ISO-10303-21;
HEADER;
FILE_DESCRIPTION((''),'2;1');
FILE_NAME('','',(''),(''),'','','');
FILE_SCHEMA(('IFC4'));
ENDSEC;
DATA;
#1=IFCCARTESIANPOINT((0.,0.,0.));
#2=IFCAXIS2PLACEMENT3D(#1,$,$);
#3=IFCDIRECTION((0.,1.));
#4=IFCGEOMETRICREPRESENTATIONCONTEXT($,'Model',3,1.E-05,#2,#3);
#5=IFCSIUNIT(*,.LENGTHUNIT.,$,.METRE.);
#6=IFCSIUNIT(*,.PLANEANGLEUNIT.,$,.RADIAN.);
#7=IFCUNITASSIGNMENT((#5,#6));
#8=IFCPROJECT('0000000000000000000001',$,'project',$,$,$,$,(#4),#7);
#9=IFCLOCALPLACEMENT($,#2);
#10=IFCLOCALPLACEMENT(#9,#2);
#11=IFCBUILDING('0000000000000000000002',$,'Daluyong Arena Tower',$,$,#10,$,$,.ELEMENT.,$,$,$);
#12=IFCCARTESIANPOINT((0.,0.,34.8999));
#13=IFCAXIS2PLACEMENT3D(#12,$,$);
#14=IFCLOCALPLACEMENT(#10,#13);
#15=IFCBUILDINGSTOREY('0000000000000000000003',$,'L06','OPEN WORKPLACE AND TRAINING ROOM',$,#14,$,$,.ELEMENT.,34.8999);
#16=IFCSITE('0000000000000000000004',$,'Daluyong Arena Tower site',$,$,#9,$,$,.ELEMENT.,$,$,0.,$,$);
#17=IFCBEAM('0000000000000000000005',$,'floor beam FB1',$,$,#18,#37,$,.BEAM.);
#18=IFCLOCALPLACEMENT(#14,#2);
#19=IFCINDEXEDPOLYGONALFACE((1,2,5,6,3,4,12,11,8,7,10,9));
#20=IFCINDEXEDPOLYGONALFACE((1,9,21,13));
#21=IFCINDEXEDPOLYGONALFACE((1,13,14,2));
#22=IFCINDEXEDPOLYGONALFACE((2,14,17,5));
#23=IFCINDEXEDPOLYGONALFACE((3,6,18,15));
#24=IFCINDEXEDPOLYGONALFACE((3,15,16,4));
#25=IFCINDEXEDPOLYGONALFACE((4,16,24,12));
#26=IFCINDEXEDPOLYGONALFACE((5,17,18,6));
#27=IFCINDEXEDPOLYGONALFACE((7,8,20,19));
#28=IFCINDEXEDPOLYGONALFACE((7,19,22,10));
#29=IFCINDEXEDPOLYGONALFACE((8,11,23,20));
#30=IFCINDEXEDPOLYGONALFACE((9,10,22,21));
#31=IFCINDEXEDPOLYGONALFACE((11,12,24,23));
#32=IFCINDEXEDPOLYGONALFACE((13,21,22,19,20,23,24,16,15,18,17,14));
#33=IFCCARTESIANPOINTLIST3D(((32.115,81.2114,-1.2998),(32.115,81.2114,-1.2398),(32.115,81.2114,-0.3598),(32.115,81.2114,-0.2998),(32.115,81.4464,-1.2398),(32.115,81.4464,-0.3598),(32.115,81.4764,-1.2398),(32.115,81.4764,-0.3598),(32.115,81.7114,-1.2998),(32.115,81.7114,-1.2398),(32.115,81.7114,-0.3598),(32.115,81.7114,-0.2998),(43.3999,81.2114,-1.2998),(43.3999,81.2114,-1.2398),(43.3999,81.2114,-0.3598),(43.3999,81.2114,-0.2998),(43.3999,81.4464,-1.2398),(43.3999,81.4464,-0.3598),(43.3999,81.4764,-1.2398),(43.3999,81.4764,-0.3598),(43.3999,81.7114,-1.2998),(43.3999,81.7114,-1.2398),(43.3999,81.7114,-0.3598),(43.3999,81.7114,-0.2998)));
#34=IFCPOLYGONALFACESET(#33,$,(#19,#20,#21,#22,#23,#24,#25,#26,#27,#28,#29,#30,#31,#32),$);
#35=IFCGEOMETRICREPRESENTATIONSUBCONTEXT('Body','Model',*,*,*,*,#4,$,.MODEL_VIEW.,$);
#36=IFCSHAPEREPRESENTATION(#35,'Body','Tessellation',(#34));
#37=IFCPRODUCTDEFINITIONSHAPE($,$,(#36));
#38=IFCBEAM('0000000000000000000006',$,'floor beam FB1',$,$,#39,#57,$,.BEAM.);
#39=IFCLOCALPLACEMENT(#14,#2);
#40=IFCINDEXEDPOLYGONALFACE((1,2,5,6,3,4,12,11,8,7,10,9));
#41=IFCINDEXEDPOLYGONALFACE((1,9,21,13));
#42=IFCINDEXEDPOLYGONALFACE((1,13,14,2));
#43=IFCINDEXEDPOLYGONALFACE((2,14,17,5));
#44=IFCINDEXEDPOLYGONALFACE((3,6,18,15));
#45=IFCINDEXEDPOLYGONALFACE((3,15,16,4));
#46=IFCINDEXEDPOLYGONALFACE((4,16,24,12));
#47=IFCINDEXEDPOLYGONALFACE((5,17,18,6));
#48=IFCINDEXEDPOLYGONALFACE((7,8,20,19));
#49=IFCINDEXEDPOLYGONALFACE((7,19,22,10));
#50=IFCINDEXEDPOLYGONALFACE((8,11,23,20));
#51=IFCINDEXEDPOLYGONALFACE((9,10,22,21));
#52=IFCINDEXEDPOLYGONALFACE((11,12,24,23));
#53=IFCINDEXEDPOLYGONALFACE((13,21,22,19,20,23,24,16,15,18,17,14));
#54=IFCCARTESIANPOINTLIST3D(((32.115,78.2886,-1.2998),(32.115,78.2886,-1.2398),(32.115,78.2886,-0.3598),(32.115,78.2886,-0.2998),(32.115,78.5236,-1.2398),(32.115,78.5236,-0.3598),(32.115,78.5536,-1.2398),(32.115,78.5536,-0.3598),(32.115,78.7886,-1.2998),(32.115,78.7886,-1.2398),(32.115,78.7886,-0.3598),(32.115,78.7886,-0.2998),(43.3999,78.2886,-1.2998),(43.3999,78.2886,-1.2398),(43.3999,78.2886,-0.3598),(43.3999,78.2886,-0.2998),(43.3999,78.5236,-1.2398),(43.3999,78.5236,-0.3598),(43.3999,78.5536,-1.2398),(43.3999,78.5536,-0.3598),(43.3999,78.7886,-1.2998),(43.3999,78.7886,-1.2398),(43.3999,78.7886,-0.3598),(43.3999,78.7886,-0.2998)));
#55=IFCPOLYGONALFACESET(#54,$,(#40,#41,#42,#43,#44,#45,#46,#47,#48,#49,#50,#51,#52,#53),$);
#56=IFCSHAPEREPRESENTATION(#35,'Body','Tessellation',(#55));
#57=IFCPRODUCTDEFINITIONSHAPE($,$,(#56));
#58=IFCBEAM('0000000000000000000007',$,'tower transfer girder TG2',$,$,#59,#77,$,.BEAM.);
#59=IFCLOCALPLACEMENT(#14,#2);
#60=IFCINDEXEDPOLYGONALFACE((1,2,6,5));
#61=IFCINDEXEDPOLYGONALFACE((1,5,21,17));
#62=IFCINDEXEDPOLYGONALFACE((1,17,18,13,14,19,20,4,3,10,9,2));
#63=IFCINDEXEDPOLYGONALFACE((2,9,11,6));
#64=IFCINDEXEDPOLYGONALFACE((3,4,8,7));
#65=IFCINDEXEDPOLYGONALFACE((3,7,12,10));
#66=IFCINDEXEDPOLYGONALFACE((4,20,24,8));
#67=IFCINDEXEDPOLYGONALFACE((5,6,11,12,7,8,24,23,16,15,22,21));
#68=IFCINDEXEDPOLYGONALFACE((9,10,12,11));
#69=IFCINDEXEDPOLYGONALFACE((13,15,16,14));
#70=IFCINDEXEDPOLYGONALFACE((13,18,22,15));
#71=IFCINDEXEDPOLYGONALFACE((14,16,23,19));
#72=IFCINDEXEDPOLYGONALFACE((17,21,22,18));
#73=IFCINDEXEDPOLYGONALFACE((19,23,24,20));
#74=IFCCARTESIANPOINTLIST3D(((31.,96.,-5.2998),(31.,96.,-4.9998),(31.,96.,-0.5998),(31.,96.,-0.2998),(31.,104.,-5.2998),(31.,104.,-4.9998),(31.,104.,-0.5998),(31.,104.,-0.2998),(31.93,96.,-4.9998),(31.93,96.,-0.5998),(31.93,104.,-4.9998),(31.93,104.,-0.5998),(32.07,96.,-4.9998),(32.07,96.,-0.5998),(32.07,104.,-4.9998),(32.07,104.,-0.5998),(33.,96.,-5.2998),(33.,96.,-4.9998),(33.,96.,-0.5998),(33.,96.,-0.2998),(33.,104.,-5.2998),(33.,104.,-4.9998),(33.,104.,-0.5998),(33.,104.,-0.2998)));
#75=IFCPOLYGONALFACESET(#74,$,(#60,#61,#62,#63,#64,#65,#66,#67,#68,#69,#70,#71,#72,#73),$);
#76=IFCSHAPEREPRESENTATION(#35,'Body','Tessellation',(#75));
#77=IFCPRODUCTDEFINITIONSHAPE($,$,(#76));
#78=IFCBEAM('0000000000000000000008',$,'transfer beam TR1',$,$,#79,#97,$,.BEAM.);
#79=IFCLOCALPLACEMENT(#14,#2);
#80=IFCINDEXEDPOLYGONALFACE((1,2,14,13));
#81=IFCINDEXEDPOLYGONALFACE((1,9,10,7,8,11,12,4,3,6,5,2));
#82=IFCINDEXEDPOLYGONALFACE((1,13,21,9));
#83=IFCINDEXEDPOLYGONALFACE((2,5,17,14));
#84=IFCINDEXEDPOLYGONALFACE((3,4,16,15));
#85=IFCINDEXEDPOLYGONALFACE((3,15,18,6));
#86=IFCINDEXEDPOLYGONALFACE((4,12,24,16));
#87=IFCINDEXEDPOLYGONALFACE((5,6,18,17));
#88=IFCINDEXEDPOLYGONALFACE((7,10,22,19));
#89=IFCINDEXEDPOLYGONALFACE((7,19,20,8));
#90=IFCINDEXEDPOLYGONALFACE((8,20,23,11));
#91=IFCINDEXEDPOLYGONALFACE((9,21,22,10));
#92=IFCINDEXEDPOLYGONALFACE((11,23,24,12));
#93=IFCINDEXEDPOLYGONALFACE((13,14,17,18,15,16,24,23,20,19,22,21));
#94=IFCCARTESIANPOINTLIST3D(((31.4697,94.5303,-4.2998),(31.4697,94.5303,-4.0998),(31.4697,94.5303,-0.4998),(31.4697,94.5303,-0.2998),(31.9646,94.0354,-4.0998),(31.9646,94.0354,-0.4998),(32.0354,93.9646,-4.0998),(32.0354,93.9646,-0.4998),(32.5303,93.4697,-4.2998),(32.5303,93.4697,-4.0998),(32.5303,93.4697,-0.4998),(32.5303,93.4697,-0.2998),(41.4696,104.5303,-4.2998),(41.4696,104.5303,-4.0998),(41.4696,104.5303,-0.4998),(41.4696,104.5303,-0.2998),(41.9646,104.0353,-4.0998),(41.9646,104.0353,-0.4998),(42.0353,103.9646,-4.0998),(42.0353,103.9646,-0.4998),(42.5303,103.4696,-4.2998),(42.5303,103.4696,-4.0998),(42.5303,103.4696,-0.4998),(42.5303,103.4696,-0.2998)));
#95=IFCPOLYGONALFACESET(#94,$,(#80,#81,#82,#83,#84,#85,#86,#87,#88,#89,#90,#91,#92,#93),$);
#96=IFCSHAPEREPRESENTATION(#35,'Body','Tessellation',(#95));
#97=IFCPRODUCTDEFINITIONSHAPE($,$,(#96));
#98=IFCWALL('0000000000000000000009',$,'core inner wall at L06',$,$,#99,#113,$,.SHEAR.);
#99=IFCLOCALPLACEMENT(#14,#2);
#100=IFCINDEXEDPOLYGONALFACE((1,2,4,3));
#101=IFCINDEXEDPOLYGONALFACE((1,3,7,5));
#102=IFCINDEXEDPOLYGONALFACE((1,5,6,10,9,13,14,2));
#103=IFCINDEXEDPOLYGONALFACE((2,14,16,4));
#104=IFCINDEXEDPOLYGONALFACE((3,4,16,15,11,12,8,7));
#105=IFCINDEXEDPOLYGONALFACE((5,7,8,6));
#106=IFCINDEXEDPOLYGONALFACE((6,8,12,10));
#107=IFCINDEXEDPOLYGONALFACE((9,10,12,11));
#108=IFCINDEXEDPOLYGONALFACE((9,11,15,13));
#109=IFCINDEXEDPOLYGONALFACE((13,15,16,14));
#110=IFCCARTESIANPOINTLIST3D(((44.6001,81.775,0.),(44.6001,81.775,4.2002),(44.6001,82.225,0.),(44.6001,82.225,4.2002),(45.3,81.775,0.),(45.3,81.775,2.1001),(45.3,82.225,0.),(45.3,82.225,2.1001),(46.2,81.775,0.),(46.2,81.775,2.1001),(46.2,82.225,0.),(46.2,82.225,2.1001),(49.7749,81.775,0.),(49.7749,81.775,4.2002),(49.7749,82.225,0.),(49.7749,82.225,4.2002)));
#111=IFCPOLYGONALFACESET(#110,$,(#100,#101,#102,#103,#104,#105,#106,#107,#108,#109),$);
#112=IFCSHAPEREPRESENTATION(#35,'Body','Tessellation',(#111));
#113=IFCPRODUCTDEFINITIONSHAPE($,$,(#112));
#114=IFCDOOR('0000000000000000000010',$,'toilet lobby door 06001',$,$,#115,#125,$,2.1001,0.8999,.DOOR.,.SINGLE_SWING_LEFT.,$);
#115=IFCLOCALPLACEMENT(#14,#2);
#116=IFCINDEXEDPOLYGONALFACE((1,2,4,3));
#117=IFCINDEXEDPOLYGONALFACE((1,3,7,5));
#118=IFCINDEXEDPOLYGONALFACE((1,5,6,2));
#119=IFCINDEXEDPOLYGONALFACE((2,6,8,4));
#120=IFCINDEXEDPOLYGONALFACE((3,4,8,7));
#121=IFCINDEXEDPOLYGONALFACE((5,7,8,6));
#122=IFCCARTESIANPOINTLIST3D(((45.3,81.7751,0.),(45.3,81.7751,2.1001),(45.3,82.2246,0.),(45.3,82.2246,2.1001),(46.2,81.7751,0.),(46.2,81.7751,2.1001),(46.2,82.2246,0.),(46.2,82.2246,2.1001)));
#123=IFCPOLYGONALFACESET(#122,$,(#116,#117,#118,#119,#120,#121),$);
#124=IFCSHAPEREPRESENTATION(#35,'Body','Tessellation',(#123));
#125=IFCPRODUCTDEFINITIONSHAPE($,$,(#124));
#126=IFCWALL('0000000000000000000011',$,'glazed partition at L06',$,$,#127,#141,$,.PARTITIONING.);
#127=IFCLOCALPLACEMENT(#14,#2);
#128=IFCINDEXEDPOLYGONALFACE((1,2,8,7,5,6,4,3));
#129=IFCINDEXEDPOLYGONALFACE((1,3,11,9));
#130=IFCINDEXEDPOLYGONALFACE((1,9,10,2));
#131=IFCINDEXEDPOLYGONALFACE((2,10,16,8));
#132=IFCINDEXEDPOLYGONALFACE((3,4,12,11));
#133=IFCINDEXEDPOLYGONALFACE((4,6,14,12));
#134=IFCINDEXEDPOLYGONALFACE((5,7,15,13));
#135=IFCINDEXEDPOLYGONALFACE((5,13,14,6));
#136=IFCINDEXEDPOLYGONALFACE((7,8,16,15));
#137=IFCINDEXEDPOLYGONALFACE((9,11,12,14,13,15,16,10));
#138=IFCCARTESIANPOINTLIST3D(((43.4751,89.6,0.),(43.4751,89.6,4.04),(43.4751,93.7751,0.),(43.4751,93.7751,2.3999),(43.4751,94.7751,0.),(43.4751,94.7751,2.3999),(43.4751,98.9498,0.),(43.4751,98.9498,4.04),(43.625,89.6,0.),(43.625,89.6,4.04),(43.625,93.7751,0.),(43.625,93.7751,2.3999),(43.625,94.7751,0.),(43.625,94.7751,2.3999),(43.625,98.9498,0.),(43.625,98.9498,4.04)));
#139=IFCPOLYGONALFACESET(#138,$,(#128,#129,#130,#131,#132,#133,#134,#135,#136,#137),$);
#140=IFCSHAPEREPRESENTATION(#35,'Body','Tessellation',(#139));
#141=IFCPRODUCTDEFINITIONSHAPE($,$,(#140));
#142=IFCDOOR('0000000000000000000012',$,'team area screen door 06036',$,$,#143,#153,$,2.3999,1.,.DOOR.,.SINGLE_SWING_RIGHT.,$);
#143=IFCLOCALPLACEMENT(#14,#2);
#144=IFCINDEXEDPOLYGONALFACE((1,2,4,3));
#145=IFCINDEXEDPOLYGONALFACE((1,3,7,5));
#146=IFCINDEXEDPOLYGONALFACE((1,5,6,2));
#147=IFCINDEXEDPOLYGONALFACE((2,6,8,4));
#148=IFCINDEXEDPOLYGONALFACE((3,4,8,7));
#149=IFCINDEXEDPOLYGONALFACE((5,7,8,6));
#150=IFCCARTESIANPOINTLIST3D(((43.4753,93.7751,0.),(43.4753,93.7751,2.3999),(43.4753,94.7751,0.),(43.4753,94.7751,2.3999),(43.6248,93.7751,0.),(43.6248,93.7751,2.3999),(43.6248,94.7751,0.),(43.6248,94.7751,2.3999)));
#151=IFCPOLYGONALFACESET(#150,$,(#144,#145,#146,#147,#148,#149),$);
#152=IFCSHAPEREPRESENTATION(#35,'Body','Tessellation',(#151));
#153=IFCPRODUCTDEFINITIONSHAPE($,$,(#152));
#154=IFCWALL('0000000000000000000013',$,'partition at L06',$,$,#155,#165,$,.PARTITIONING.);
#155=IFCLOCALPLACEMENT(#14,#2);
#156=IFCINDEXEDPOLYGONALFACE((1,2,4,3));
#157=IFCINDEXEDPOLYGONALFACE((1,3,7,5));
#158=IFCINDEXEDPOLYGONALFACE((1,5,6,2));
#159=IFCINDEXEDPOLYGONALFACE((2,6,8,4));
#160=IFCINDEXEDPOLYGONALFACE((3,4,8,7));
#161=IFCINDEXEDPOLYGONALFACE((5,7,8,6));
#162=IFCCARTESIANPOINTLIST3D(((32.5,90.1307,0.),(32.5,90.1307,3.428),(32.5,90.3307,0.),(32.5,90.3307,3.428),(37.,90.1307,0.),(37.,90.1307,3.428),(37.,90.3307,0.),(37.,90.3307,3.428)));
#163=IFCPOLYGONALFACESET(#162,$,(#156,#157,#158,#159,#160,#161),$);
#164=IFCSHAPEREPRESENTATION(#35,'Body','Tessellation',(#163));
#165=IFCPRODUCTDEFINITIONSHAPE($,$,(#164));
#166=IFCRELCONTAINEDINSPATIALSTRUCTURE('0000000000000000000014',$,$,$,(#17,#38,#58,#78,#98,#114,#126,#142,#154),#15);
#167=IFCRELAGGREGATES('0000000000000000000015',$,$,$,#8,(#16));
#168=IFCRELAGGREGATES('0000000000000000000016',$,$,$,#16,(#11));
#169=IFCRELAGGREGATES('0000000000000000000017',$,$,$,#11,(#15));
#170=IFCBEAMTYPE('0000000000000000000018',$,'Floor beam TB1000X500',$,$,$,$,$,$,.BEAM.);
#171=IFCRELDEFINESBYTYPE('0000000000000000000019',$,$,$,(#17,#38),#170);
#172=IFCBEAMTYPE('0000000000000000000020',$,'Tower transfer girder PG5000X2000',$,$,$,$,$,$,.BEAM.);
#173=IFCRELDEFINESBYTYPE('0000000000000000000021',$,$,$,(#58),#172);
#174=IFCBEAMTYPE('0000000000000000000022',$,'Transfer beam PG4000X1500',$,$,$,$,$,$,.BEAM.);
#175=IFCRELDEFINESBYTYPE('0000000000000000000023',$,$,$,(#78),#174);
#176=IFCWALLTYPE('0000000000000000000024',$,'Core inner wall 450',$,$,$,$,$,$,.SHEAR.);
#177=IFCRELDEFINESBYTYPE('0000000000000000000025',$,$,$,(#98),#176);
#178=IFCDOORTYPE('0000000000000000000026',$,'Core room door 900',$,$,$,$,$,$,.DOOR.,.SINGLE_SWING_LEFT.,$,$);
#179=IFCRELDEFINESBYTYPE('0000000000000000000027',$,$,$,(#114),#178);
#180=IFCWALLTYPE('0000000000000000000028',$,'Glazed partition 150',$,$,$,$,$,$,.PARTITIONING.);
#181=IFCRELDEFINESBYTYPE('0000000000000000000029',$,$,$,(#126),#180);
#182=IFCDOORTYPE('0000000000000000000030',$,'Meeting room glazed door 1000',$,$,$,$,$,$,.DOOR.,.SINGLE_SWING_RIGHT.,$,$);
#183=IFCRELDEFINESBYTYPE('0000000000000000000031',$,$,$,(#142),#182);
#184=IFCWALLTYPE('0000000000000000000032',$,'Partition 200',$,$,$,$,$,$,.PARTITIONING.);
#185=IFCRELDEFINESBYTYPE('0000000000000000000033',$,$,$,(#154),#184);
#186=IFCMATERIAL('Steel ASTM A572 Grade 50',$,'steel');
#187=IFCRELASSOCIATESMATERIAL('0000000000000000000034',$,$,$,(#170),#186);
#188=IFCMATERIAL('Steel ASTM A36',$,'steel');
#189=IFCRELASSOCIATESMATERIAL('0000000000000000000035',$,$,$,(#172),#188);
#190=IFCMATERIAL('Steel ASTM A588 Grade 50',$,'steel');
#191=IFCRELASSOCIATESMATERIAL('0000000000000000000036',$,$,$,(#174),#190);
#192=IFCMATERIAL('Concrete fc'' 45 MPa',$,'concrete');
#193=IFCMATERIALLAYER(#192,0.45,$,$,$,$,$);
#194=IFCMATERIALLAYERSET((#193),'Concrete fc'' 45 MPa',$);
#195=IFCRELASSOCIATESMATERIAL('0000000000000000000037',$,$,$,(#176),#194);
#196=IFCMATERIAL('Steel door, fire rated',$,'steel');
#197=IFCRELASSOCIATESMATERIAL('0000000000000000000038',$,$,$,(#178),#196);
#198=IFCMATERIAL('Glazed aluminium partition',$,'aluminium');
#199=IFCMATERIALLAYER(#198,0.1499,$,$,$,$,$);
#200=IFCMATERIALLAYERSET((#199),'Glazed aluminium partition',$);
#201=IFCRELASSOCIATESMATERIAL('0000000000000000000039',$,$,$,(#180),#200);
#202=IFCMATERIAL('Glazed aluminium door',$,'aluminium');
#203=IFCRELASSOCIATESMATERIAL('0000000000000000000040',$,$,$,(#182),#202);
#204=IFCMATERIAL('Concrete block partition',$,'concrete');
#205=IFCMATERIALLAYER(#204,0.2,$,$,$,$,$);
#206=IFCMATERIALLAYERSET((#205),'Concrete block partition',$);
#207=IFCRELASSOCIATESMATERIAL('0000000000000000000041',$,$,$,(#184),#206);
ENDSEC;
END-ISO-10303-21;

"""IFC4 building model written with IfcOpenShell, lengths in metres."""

from ifc_helpers import new_model, si_unit, direction, frame, frame_2d, origin, origin_2d, place, context, subcontext, project, spatial, rectangle, i_section, extrude, material, layer, layer_set, material_profile, profile_set, type_object, element, fill, save


model = new_model("IFC4")

# Units and contexts
model_context = context("Model", 3, precision=1e-05, world=origin(), true_north=direction((0.0, 1.0)))
body_context = subcontext(model_context, "Body", "Model", "MODEL_VIEW")
ifc_project = project(units=[si_unit("LENGTHUNIT", "METRE"), si_unit("PLANEANGLEUNIT", "RADIAN")], contexts=[model_context])

# Site, building, storey
site_placement = place(None, origin())
site = spatial("IfcSite", under=ifc_project, at=site_placement, Name="Daluyong Arena Tower site", CompositionType="ELEMENT", RefElevation=0.0)
building_placement = place(site_placement, origin())
building = spatial("IfcBuilding", under=site, at=building_placement, Name="Daluyong Arena Tower", CompositionType="ELEMENT")
storey_placement = place(building_placement, frame((0.0, 0.0, 34.8999)))
storey = spatial("IfcBuildingStorey", under=building, at=storey_placement, Name="L06", Description="OPEN WORKPLACE AND TRAINING ROOM", CompositionType="ELEMENT", Elevation=34.8999)

# Beams
ifc_material_1 = material(Name="Steel ASTM A572 Grade 50", Category="steel")
ifc_material_profile_1 = material_profile(ifc_material_1, i_section(OverallWidth=0.5, OverallDepth=1.0, WebThickness=0.03, FlangeThickness=0.06, at=origin_2d()))
ifc_profile_set_1 = profile_set([ifc_material_profile_1], Name="Steel ASTM A572 Grade 50")
beam_type_1 = type_object("IfcBeamType", Name="Floor beam TB1000X500", PredefinedType="BEAM", material=ifc_profile_set_1)
for number, where, z_axis, x_axis, name in (
    (1, (32.115, 81.4614, -0.7998), (1.0, 0.0, 0.0), (0.0, 1.0, 0.0), "floor beam FB1"),
    (2, (32.115, 78.5386, -0.7998), (1.0, 0.0, 0.0), (0.0, 1.0, 0.0), "floor beam FB1"),
):
    element("IfcBeam", number, at=place(storey_placement, frame(where, z_axis=z_axis, x_axis=x_axis)), inside=storey, type_object=beam_type_1, Name=name, PredefinedType="BEAM", context=body_context, shape_type="SweptSolid", body=[
        extrude(i_section(OverallWidth=0.5, OverallDepth=1.0, WebThickness=0.03, FlangeThickness=0.06, at=origin_2d()), origin(), (0.0, 0.0, 1.0), 11.2849),
    ])
ifc_material_2 = material(Name="Steel ASTM A36", Category="steel")
ifc_material_profile_2 = material_profile(ifc_material_2, i_section(OverallWidth=2.0, OverallDepth=5.0, WebThickness=0.14, FlangeThickness=0.3, at=origin_2d()))
ifc_profile_set_2 = profile_set([ifc_material_profile_2], Name="Steel ASTM A36")
beam_type_2 = type_object("IfcBeamType", Name="Tower transfer girder PG5000X2000", PredefinedType="BEAM", material=ifc_profile_set_2)
beam_1_placement = place(storey_placement, frame((32.0, 96.0, -2.7998), z_axis=(0.0, 1.0, 0.0), x_axis=(-1.0, 0.0, 0.0)))
element("IfcBeam", 3, at=beam_1_placement, inside=storey, type_object=beam_type_2, Name="tower transfer girder TG2", PredefinedType="BEAM", context=body_context, shape_type="SweptSolid", body=[
    extrude(i_section(OverallWidth=2.0, OverallDepth=5.0, WebThickness=0.14, FlangeThickness=0.3, at=origin_2d()), origin(), (0.0, 0.0, 1.0), 8.0),
])
ifc_material_3 = material(Name="Steel ASTM A588 Grade 50", Category="steel")
ifc_material_profile_3 = material_profile(ifc_material_3, i_section(OverallWidth=1.5, OverallDepth=4.0, WebThickness=0.1, FlangeThickness=0.2, at=origin_2d()))
ifc_profile_set_3 = profile_set([ifc_material_profile_3], Name="Steel ASTM A588 Grade 50")
beam_type_3 = type_object("IfcBeamType", Name="Transfer beam PG4000X1500", PredefinedType="BEAM", material=ifc_profile_set_3)
beam_2_placement = place(storey_placement, frame((32.0, 94.0, -2.2998), z_axis=(0.707107, 0.707107, 0.0), x_axis=(-0.707107, 0.707107, 0.0)))
element("IfcBeam", 4, at=beam_2_placement, inside=storey, type_object=beam_type_3, Name="transfer beam TR1", PredefinedType="BEAM", context=body_context, shape_type="SweptSolid", body=[
    extrude(i_section(OverallWidth=1.5, OverallDepth=4.0, WebThickness=0.1, FlangeThickness=0.2, at=origin_2d()), origin(), (0.0, 0.0, 1.0), 14.1421),
])

# Walls, openings, doors
ifc_material_4 = material(Name="Concrete fc' 45 MPa", Category="concrete")
ifc_layer_1 = layer(ifc_material_4, 0.45)
ifc_layer_set_1 = layer_set([ifc_layer_1], Name="Concrete fc' 45 MPa")
wall_type_1 = type_object("IfcWallType", Name="Core inner wall 450", PredefinedType="SHEAR", material=ifc_layer_set_1)
wall_1_placement = place(storey_placement, frame((44.6001, 82.0, 0.0), z_axis=(0.0, 0.0, 1.0), x_axis=(1.0, 0.0, 0.0)))
wall_1 = element("IfcWall", 5, at=wall_1_placement, inside=storey, type_object=wall_type_1, Name="core inner wall at L06", PredefinedType="SHEAR", context=body_context, shape_type="SweptSolid", body=[
    extrude(rectangle(XDim=5.1748, YDim=0.45, at=frame_2d((2.5874, 0.0))), origin(), (0.0, 0.0, 1.0), 4.2002),
])
opening_1_placement = place(wall_1_placement, frame((0.7, 0.0, 0.0)))
opening_1 = element("IfcOpeningElement", 6, at=opening_1_placement, cuts=wall_1, PredefinedType="OPENING", context=body_context, shape_type="SweptSolid", body=[
    extrude(rectangle(XDim=0.8999, YDim=2.1001, at=frame_2d((0.45, 1.05))), frame((0.0, 0.2349, 0.0), z_axis=(0.0, -1.0, 0.0), x_axis=(1.0, 0.0, 0.0)), (0.0, 0.0, 1.0), 0.47),
])
ifc_material_5 = material(Name="Steel door, fire rated", Category="steel")
door_type_1 = type_object("IfcDoorType", Name="Core room door 900", OperationType="SINGLE_SWING_LEFT", PredefinedType="DOOR", material=ifc_material_5)
door_1_placement = place(opening_1_placement, origin())
door_1 = element("IfcDoor", 7, at=door_1_placement, inside=storey, type_object=door_type_1, Name="toilet lobby door 06001", OperationType="SINGLE_SWING_LEFT", OverallHeight=2.1001, OverallWidth=0.8999, PredefinedType="DOOR", context=body_context, shape_type="SweptSolid", body=[
    extrude(rectangle(XDim=0.8999, YDim=2.1001, at=frame_2d((0.45, 1.05))), frame((0.0, 0.2246, 0.0), z_axis=(0.0, -1.0, 0.0), x_axis=(1.0, 0.0, 0.0)), (0.0, 0.0, 1.0), 0.4495),
])
fill(opening_1, door_1)
ifc_material_6 = material(Name="Glazed aluminium partition", Category="aluminium")
ifc_layer_2 = layer(ifc_material_6, 0.1499)
ifc_layer_set_2 = layer_set([ifc_layer_2], Name="Glazed aluminium partition")
wall_type_2 = type_object("IfcWallType", Name="Glazed partition 150", PredefinedType="PARTITIONING", material=ifc_layer_set_2)
wall_2_placement = place(storey_placement, frame((43.55, 89.6001, 0.0), z_axis=(0.0, 0.0, 1.0), x_axis=(0.0, 1.0, 0.0)))
wall_2 = element("IfcWall", 8, at=wall_2_placement, inside=storey, type_object=wall_type_2, Name="glazed partition at L06", PredefinedType="PARTITIONING", context=body_context, shape_type="SweptSolid", body=[
    extrude(rectangle(XDim=9.3499, YDim=0.1499, at=frame_2d((4.6748, 0.0))), origin(), (0.0, 0.0, 1.0), 4.04),
])
opening_2_placement = place(wall_2_placement, frame((4.175, 0.0, 0.0)))
opening_2 = element("IfcOpeningElement", 9, at=opening_2_placement, cuts=wall_2, PredefinedType="OPENING", context=body_context, shape_type="SweptSolid", body=[
    extrude(rectangle(XDim=1.0, YDim=2.3999, at=frame_2d((0.5, 1.2))), frame((0.0, 0.085, 0.0), z_axis=(0.0, -1.0, 0.0), x_axis=(1.0, 0.0, 0.0)), (0.0, 0.0, 1.0), 0.1699),
])
ifc_material_7 = material(Name="Glazed aluminium door", Category="aluminium")
door_type_2 = type_object("IfcDoorType", Name="Meeting room glazed door 1000", OperationType="SINGLE_SWING_RIGHT", PredefinedType="DOOR", material=ifc_material_7)
door_2_placement = place(opening_2_placement, origin())
door_2 = element("IfcDoor", 10, at=door_2_placement, inside=storey, type_object=door_type_2, Name="team area screen door 06036", OperationType="SINGLE_SWING_RIGHT", OverallHeight=2.3999, OverallWidth=1.0, PredefinedType="DOOR", context=body_context, shape_type="SweptSolid", body=[
    extrude(rectangle(XDim=1.0, YDim=2.3999, at=frame_2d((0.5, 1.2))), frame((0.0, 0.0747, 0.0), z_axis=(0.0, -1.0, 0.0), x_axis=(1.0, 0.0, 0.0)), (0.0, 0.0, 1.0), 0.1494),
])
fill(opening_2, door_2)

# Wall
ifc_material_8 = material(Name="Concrete block partition", Category="concrete")
ifc_layer_3 = layer(ifc_material_8, 0.2)
ifc_layer_set_3 = layer_set([ifc_layer_3], Name="Concrete block partition")
wall_type_3 = type_object("IfcWallType", Name="Partition 200", PredefinedType="PARTITIONING", material=ifc_layer_set_3)
wall_3_placement = place(storey_placement, frame((32.5, 90.2307, 0.0), z_axis=(0.0, 0.0, 1.0), x_axis=(1.0, 0.0, 0.0)))
element("IfcWall", 11, at=wall_3_placement, inside=storey, type_object=wall_type_3, Name="partition at L06", PredefinedType="PARTITIONING", context=body_context, shape_type="SweptSolid", body=[
    extrude(rectangle(XDim=4.5, YDim=0.2, at=frame_2d((2.25, 0.0))), origin(), (0.0, 0.0, 1.0), 3.428),
])

save(model, "model.ifc")
